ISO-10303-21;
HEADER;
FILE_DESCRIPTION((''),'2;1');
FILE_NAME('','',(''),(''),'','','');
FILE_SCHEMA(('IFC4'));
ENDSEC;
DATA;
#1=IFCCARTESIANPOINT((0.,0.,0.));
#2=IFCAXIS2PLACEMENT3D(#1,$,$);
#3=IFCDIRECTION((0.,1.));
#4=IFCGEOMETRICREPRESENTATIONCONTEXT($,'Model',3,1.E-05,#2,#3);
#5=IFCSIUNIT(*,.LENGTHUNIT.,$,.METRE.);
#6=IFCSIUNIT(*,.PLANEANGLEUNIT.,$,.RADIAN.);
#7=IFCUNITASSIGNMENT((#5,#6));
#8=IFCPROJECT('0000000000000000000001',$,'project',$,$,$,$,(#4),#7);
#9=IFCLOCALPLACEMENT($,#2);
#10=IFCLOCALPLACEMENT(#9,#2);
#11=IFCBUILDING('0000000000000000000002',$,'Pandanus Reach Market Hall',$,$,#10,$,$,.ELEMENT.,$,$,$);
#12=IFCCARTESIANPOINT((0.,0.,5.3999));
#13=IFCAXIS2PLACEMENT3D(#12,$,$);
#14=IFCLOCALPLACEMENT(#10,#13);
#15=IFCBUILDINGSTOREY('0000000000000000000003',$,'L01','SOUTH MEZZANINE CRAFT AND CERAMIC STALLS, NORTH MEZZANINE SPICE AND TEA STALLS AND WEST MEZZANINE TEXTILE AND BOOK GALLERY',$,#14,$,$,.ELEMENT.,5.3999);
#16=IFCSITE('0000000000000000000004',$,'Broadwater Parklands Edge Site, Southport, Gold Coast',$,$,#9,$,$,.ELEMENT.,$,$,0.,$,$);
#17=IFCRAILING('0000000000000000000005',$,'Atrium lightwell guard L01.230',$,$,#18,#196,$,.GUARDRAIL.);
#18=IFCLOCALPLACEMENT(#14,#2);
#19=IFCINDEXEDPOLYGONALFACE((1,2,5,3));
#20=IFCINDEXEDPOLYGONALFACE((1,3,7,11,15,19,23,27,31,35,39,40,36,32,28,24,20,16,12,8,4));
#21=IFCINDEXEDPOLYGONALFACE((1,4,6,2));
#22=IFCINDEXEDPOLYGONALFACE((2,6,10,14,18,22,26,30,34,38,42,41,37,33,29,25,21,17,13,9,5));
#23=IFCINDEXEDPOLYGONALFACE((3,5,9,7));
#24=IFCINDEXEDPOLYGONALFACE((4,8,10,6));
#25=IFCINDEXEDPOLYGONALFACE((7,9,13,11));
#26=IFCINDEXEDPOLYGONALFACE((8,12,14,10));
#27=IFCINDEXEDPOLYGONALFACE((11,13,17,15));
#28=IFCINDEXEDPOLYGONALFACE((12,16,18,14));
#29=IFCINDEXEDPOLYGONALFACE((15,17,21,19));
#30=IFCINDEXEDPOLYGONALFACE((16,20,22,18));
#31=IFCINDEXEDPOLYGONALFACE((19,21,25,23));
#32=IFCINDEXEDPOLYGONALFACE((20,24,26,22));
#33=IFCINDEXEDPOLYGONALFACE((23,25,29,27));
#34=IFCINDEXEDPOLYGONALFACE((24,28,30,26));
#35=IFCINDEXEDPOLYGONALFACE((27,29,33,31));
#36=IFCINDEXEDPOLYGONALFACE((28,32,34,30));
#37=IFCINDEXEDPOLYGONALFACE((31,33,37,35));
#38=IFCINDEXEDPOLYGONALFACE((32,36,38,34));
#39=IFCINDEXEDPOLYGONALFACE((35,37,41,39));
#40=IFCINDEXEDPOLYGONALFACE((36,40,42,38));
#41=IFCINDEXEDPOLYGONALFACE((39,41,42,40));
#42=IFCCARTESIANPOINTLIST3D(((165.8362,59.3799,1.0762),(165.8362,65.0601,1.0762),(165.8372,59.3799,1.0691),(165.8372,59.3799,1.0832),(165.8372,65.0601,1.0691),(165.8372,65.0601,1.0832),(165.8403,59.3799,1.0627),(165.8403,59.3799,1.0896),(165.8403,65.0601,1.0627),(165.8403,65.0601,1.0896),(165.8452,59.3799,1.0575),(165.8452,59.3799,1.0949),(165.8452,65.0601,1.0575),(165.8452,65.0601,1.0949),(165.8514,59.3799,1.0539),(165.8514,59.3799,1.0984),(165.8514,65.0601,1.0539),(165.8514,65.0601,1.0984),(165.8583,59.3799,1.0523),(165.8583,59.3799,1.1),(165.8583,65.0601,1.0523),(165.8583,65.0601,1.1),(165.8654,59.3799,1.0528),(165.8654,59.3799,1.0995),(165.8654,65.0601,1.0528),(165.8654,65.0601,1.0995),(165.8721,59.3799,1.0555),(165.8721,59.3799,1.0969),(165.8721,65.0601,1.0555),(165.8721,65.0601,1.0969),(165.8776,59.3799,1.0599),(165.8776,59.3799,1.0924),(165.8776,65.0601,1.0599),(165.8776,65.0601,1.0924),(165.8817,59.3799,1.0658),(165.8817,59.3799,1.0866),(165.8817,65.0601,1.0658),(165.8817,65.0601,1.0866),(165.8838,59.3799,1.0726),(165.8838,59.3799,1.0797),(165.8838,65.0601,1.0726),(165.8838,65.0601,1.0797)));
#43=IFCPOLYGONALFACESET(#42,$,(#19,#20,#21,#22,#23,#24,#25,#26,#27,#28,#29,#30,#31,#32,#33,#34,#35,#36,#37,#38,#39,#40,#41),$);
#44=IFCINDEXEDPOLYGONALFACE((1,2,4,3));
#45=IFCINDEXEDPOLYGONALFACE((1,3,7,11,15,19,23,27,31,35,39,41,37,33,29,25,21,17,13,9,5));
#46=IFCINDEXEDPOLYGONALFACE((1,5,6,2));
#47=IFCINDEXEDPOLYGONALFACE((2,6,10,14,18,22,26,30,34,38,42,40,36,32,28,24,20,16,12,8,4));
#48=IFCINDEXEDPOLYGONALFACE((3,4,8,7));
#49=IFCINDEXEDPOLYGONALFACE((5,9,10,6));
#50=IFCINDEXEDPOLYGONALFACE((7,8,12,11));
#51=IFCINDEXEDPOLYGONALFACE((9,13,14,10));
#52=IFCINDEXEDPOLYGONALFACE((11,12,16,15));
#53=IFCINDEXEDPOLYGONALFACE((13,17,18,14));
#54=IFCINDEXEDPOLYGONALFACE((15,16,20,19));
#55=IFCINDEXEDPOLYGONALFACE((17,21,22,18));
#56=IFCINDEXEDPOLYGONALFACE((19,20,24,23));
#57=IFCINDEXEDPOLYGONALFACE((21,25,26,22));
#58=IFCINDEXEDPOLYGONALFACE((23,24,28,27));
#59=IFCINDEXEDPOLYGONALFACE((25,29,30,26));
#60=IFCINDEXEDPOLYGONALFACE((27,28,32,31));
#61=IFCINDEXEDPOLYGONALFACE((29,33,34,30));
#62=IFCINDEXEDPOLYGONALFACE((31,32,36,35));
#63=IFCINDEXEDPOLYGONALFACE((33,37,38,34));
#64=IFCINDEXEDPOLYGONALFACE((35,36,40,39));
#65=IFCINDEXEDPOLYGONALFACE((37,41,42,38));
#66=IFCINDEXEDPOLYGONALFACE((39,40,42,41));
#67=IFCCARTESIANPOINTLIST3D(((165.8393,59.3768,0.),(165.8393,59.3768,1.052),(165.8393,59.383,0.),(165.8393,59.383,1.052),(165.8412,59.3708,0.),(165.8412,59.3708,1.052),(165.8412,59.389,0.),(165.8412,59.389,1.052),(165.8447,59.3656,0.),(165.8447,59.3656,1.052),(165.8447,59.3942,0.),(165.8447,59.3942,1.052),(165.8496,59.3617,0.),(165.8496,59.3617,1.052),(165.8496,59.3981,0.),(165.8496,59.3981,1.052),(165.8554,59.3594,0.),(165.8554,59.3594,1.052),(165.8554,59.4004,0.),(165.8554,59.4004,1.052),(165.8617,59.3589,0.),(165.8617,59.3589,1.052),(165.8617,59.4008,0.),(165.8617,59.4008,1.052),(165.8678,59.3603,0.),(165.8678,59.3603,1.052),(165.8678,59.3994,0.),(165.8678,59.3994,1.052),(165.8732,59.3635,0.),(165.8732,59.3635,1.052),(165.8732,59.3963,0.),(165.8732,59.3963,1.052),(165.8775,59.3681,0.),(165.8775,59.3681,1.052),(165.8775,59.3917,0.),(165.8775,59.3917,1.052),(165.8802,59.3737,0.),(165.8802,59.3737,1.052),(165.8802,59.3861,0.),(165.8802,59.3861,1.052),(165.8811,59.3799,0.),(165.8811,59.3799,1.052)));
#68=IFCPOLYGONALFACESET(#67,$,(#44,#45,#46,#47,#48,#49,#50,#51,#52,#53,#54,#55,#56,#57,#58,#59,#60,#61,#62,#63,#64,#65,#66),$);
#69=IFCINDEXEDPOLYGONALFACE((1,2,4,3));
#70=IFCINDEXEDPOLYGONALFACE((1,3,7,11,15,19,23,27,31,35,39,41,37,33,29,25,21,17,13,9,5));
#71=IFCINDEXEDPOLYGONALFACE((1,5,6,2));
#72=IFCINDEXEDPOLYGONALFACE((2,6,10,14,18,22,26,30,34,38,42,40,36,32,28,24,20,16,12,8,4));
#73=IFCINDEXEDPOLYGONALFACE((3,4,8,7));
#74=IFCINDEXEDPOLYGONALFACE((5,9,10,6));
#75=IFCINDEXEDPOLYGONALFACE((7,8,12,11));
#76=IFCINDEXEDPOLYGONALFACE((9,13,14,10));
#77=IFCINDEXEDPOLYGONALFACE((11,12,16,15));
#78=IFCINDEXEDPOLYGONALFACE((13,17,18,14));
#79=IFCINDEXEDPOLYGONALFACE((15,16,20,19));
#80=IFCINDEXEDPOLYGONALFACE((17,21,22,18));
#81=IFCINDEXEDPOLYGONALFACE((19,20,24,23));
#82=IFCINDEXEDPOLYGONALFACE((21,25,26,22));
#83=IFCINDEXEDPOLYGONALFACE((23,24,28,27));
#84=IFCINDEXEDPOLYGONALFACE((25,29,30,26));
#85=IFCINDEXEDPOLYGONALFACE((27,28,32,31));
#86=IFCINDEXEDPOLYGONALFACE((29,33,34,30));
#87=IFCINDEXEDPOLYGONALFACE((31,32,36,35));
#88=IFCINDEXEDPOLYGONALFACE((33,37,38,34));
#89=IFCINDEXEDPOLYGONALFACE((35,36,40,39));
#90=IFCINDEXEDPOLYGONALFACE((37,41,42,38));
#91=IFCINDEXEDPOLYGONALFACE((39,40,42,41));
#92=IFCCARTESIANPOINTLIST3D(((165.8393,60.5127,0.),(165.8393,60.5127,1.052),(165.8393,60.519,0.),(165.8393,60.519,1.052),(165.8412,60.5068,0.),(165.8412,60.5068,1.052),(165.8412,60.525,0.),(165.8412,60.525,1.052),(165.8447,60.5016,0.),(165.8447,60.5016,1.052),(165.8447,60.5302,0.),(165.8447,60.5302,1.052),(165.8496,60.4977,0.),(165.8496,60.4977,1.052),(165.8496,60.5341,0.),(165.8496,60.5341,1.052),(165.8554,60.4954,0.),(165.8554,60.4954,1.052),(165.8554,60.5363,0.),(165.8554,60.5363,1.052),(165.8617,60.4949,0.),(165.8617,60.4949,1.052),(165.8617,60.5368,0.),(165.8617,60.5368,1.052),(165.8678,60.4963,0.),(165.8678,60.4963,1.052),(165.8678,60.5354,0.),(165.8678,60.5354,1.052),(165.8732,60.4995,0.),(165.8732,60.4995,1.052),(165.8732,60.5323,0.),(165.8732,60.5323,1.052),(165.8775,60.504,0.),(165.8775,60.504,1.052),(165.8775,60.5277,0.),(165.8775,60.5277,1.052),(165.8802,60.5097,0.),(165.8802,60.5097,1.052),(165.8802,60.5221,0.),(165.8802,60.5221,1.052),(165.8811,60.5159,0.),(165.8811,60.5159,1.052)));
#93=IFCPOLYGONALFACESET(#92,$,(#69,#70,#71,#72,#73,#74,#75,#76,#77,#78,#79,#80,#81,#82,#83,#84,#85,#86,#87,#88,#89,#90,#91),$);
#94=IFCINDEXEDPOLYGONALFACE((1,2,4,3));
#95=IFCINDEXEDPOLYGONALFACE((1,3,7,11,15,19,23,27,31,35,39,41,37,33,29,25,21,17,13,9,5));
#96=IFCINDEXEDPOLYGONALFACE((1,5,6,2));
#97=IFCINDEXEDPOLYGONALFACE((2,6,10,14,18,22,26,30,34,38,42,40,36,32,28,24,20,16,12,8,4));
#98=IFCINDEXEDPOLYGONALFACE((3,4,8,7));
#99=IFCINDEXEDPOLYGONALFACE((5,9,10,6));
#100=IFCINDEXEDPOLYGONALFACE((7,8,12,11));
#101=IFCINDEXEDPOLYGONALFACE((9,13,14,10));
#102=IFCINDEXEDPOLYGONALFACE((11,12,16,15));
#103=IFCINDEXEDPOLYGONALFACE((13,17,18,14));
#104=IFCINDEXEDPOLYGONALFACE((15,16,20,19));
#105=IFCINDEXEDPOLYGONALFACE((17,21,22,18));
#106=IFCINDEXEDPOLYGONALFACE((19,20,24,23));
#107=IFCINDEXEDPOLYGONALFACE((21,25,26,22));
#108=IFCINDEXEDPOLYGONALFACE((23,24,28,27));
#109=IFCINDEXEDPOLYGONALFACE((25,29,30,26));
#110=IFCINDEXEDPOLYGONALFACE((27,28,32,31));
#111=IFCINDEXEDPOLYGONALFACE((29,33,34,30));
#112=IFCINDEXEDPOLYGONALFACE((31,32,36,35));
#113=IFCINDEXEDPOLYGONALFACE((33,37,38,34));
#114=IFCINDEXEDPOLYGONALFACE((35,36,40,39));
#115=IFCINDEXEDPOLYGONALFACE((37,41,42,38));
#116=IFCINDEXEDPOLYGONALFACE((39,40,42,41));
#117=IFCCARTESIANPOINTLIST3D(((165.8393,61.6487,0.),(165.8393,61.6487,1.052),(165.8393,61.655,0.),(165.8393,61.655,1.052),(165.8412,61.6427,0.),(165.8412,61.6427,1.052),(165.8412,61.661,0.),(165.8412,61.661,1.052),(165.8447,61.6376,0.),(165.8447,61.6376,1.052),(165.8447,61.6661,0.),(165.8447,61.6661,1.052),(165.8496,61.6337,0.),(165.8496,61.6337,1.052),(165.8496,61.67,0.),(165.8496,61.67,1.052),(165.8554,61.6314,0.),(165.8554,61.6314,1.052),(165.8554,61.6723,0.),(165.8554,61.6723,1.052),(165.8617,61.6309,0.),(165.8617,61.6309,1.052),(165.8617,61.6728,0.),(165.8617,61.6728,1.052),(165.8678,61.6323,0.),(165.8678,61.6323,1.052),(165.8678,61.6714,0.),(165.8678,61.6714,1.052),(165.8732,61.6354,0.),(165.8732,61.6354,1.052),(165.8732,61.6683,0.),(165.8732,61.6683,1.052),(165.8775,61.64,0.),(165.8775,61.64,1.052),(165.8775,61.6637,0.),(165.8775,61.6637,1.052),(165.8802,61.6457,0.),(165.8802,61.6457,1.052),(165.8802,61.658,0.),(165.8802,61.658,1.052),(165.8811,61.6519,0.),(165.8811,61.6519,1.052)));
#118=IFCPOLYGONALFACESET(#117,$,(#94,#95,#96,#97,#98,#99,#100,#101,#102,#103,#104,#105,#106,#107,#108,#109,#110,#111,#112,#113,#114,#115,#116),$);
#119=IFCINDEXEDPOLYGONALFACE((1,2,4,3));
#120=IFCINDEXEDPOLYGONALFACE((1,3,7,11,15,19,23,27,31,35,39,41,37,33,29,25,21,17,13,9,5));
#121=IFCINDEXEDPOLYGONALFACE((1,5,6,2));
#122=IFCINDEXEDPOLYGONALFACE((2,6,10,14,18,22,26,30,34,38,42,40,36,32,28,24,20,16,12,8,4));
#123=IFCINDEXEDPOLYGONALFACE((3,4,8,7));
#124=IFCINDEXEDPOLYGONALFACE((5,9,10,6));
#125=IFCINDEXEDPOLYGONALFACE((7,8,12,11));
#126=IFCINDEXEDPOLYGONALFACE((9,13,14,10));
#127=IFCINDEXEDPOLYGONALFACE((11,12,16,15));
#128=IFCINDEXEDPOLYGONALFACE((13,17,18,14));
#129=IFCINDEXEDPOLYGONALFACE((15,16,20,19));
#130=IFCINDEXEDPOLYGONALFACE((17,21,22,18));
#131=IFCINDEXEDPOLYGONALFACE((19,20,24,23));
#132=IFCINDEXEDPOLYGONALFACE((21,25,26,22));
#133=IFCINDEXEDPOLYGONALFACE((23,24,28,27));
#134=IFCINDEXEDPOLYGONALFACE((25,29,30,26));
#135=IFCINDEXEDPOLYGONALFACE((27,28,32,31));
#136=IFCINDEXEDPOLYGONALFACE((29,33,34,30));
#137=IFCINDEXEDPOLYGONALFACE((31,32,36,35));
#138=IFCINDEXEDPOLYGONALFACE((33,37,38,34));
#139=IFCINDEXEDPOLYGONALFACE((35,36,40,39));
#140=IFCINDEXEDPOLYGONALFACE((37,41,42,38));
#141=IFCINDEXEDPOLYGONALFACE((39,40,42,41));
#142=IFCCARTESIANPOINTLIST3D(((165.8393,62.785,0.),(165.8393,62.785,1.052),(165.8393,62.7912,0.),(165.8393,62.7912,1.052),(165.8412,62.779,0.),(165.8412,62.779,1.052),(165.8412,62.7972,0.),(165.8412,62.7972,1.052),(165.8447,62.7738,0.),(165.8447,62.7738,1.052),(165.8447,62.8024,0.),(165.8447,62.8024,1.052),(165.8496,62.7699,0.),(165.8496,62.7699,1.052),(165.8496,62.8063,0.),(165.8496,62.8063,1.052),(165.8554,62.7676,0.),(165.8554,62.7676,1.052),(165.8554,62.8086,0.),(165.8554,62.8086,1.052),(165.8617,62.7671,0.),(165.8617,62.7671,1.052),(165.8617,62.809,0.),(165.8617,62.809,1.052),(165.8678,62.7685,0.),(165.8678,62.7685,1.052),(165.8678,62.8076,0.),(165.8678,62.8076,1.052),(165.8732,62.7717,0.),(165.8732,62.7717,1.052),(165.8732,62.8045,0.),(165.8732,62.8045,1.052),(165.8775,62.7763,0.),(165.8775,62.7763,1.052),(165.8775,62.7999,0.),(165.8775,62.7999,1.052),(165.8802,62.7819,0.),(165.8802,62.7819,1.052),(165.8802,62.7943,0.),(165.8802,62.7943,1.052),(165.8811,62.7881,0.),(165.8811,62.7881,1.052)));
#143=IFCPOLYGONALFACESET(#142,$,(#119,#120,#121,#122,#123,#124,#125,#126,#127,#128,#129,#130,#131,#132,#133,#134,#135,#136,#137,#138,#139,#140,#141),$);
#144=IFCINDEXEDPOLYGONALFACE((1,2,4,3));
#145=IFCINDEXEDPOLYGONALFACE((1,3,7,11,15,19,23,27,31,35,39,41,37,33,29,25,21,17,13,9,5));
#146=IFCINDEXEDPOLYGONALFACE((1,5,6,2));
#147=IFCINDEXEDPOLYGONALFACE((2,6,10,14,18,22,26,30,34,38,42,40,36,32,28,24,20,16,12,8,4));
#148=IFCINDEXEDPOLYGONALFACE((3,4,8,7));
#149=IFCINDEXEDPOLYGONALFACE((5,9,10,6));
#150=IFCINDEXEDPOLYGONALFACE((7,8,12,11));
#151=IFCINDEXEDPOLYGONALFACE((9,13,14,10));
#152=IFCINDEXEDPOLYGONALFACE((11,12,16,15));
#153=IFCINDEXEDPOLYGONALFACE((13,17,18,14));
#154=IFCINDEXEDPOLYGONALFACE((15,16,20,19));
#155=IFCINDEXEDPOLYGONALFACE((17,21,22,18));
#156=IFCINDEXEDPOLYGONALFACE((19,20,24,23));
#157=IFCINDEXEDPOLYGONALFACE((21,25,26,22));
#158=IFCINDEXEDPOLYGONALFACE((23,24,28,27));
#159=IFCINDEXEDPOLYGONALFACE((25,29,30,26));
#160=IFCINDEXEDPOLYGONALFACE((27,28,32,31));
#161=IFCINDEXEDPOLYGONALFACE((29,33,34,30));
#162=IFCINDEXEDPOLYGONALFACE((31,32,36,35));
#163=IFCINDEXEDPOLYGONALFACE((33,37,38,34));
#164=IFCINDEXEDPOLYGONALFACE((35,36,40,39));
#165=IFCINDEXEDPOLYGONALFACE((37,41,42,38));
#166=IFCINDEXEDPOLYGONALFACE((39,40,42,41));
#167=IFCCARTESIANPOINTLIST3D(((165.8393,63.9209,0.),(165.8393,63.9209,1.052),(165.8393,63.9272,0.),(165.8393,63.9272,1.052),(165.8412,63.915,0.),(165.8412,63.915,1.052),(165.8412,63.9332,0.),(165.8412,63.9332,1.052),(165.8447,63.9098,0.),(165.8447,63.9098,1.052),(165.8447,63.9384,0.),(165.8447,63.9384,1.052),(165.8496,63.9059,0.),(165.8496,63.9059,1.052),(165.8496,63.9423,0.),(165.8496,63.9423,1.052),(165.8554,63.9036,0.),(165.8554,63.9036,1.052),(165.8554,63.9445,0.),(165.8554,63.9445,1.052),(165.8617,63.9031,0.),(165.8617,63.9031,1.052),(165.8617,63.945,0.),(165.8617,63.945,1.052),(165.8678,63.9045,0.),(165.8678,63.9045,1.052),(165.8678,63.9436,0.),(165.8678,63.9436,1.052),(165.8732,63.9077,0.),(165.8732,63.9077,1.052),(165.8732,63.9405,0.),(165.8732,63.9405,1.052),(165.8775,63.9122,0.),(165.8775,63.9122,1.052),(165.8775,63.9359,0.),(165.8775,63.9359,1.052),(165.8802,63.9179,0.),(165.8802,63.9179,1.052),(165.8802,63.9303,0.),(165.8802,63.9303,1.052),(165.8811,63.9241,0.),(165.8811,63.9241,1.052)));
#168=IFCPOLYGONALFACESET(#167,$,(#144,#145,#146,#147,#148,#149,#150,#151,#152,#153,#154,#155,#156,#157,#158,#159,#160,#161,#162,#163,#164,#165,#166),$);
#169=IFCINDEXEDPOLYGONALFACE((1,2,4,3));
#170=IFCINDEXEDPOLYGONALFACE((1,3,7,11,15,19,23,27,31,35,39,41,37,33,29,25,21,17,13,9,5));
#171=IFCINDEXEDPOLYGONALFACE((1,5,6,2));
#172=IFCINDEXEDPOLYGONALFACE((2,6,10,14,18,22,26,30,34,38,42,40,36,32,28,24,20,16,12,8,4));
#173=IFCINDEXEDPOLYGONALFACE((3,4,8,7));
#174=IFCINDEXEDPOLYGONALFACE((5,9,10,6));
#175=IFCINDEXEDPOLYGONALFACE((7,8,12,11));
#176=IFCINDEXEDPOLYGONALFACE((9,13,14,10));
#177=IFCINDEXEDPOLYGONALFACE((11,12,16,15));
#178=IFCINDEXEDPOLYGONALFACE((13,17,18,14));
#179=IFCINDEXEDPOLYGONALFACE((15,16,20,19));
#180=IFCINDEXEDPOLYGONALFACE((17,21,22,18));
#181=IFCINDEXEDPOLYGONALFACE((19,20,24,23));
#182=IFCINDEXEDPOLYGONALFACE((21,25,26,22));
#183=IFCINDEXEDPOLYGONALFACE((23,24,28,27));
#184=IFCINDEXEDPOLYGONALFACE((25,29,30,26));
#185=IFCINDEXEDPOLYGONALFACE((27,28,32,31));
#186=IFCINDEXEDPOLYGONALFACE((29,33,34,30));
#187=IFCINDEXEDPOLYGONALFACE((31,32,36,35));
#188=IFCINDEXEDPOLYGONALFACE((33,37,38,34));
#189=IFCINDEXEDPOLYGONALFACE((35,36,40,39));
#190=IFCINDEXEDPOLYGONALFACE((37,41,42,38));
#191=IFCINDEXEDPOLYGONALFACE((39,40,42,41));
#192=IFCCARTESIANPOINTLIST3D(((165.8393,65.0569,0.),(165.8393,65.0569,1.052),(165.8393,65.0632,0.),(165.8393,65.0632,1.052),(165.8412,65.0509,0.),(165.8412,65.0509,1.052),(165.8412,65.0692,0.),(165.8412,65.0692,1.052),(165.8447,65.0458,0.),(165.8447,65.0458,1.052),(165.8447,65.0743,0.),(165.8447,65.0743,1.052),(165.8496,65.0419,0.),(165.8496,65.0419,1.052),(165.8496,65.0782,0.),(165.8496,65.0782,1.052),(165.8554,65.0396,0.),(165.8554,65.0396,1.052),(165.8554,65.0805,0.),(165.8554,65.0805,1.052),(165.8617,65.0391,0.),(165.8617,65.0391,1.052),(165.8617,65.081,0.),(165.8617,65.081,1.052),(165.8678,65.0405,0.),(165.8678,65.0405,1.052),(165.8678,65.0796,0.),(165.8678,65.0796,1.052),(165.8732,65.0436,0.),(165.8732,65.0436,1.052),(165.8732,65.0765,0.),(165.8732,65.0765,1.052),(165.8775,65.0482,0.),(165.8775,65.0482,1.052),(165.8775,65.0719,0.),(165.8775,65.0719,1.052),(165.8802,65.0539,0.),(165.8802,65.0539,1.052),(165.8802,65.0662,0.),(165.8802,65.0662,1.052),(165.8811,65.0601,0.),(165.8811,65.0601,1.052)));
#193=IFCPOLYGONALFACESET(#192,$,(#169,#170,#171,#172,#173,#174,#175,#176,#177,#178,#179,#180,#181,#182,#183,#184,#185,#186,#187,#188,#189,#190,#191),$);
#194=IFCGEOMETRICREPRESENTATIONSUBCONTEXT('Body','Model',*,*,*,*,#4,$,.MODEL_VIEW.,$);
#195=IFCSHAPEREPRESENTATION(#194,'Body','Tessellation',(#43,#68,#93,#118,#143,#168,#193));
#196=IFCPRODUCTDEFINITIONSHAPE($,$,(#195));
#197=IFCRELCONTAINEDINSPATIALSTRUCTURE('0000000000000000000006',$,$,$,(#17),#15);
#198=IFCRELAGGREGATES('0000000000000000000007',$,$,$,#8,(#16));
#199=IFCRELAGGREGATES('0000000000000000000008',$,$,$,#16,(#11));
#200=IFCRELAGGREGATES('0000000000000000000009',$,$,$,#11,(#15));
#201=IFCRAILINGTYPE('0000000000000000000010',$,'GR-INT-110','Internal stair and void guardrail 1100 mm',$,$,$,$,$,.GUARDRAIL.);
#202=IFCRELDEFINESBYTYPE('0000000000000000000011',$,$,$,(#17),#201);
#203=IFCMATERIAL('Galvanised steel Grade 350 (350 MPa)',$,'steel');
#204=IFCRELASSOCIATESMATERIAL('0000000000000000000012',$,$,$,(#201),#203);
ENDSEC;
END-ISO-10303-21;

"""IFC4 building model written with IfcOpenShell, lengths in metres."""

from ifc_helpers import new_model, si_unit, direction, frame, origin, origin_2d, place, context, subcontext, project, spatial, circle, extrude, material, type_object, element, save


model = new_model("IFC4")

# Units and contexts
model_context = context("Model", 3, precision=1e-05, world=origin(), true_north=direction((0.0, 1.0)))
body_context = subcontext(model_context, "Body", "Model", "MODEL_VIEW")
ifc_project = project(units=[si_unit("LENGTHUNIT", "METRE"), si_unit("PLANEANGLEUNIT", "RADIAN")], contexts=[model_context])

# Site, building, storey
site_placement = place(None, origin())
site = spatial("IfcSite", under=ifc_project, at=site_placement, Name="Broadwater Parklands Edge Site, Southport, Gold Coast", CompositionType="ELEMENT", RefElevation=0.0)
building_placement = place(site_placement, origin())
building = spatial("IfcBuilding", under=site, at=building_placement, Name="Pandanus Reach Market Hall", CompositionType="ELEMENT")
storey_placement = place(building_placement, frame((0.0, 0.0, 5.3999)))
storey = spatial("IfcBuildingStorey", under=building, at=storey_placement, Name="L01", Description="SOUTH MEZZANINE CRAFT AND CERAMIC STALLS, NORTH MEZZANINE SPICE AND TEA STALLS AND WEST MEZZANINE TEXTILE AND BOOK GALLERY", CompositionType="ELEMENT", Elevation=5.3999)

# Railing
ifc_material_1 = material(Name="Galvanised steel Grade 350 (350 MPa)", Category="steel")
railing_type = type_object("IfcRailingType", Name="GR-INT-110", Description="Internal stair and void guardrail 1100 mm", PredefinedType="GUARDRAIL", material=ifc_material_1)
railing_1_placement = place(storey_placement, frame((165.8601, 59.3799, 0.0)))
element("IfcRailing", 1, at=railing_1_placement, inside=storey, type_object=railing_type, Name="Atrium lightwell guard L01.230", PredefinedType="GUARDRAIL", context=body_context, shape_type="SweptSolid", body=[
    extrude(circle(Radius=0.0239, at=origin_2d()), frame((0.0, 0.0, 1.0762), z_axis=(0.0, 1.0, 0.0), x_axis=(-1.0, 0.0, 0.0)), (0.0, 0.0, 1.0), 5.6802),
    extrude(circle(Radius=0.021, at=origin_2d()), origin(), (0.0, 0.0, 1.0), 1.052),
    extrude(circle(Radius=0.021, at=origin_2d()), frame((0.0, 1.136, 0.0)), (0.0, 0.0, 1.0), 1.052),
    extrude(circle(Radius=0.021, at=origin_2d()), frame((0.0, 2.272, 0.0)), (0.0, 0.0, 1.0), 1.052),
    extrude(circle(Radius=0.021, at=origin_2d()), frame((0.0, 3.4082, 0.0)), (0.0, 0.0, 1.0), 1.052),
    extrude(circle(Radius=0.021, at=origin_2d()), frame((0.0, 4.5442, 0.0)), (0.0, 0.0, 1.0), 1.052),
    extrude(circle(Radius=0.021, at=origin_2d()), frame((0.0, 5.6802, 0.0)), (0.0, 0.0, 1.0), 1.052),
])

save(model, "model.ifc")
